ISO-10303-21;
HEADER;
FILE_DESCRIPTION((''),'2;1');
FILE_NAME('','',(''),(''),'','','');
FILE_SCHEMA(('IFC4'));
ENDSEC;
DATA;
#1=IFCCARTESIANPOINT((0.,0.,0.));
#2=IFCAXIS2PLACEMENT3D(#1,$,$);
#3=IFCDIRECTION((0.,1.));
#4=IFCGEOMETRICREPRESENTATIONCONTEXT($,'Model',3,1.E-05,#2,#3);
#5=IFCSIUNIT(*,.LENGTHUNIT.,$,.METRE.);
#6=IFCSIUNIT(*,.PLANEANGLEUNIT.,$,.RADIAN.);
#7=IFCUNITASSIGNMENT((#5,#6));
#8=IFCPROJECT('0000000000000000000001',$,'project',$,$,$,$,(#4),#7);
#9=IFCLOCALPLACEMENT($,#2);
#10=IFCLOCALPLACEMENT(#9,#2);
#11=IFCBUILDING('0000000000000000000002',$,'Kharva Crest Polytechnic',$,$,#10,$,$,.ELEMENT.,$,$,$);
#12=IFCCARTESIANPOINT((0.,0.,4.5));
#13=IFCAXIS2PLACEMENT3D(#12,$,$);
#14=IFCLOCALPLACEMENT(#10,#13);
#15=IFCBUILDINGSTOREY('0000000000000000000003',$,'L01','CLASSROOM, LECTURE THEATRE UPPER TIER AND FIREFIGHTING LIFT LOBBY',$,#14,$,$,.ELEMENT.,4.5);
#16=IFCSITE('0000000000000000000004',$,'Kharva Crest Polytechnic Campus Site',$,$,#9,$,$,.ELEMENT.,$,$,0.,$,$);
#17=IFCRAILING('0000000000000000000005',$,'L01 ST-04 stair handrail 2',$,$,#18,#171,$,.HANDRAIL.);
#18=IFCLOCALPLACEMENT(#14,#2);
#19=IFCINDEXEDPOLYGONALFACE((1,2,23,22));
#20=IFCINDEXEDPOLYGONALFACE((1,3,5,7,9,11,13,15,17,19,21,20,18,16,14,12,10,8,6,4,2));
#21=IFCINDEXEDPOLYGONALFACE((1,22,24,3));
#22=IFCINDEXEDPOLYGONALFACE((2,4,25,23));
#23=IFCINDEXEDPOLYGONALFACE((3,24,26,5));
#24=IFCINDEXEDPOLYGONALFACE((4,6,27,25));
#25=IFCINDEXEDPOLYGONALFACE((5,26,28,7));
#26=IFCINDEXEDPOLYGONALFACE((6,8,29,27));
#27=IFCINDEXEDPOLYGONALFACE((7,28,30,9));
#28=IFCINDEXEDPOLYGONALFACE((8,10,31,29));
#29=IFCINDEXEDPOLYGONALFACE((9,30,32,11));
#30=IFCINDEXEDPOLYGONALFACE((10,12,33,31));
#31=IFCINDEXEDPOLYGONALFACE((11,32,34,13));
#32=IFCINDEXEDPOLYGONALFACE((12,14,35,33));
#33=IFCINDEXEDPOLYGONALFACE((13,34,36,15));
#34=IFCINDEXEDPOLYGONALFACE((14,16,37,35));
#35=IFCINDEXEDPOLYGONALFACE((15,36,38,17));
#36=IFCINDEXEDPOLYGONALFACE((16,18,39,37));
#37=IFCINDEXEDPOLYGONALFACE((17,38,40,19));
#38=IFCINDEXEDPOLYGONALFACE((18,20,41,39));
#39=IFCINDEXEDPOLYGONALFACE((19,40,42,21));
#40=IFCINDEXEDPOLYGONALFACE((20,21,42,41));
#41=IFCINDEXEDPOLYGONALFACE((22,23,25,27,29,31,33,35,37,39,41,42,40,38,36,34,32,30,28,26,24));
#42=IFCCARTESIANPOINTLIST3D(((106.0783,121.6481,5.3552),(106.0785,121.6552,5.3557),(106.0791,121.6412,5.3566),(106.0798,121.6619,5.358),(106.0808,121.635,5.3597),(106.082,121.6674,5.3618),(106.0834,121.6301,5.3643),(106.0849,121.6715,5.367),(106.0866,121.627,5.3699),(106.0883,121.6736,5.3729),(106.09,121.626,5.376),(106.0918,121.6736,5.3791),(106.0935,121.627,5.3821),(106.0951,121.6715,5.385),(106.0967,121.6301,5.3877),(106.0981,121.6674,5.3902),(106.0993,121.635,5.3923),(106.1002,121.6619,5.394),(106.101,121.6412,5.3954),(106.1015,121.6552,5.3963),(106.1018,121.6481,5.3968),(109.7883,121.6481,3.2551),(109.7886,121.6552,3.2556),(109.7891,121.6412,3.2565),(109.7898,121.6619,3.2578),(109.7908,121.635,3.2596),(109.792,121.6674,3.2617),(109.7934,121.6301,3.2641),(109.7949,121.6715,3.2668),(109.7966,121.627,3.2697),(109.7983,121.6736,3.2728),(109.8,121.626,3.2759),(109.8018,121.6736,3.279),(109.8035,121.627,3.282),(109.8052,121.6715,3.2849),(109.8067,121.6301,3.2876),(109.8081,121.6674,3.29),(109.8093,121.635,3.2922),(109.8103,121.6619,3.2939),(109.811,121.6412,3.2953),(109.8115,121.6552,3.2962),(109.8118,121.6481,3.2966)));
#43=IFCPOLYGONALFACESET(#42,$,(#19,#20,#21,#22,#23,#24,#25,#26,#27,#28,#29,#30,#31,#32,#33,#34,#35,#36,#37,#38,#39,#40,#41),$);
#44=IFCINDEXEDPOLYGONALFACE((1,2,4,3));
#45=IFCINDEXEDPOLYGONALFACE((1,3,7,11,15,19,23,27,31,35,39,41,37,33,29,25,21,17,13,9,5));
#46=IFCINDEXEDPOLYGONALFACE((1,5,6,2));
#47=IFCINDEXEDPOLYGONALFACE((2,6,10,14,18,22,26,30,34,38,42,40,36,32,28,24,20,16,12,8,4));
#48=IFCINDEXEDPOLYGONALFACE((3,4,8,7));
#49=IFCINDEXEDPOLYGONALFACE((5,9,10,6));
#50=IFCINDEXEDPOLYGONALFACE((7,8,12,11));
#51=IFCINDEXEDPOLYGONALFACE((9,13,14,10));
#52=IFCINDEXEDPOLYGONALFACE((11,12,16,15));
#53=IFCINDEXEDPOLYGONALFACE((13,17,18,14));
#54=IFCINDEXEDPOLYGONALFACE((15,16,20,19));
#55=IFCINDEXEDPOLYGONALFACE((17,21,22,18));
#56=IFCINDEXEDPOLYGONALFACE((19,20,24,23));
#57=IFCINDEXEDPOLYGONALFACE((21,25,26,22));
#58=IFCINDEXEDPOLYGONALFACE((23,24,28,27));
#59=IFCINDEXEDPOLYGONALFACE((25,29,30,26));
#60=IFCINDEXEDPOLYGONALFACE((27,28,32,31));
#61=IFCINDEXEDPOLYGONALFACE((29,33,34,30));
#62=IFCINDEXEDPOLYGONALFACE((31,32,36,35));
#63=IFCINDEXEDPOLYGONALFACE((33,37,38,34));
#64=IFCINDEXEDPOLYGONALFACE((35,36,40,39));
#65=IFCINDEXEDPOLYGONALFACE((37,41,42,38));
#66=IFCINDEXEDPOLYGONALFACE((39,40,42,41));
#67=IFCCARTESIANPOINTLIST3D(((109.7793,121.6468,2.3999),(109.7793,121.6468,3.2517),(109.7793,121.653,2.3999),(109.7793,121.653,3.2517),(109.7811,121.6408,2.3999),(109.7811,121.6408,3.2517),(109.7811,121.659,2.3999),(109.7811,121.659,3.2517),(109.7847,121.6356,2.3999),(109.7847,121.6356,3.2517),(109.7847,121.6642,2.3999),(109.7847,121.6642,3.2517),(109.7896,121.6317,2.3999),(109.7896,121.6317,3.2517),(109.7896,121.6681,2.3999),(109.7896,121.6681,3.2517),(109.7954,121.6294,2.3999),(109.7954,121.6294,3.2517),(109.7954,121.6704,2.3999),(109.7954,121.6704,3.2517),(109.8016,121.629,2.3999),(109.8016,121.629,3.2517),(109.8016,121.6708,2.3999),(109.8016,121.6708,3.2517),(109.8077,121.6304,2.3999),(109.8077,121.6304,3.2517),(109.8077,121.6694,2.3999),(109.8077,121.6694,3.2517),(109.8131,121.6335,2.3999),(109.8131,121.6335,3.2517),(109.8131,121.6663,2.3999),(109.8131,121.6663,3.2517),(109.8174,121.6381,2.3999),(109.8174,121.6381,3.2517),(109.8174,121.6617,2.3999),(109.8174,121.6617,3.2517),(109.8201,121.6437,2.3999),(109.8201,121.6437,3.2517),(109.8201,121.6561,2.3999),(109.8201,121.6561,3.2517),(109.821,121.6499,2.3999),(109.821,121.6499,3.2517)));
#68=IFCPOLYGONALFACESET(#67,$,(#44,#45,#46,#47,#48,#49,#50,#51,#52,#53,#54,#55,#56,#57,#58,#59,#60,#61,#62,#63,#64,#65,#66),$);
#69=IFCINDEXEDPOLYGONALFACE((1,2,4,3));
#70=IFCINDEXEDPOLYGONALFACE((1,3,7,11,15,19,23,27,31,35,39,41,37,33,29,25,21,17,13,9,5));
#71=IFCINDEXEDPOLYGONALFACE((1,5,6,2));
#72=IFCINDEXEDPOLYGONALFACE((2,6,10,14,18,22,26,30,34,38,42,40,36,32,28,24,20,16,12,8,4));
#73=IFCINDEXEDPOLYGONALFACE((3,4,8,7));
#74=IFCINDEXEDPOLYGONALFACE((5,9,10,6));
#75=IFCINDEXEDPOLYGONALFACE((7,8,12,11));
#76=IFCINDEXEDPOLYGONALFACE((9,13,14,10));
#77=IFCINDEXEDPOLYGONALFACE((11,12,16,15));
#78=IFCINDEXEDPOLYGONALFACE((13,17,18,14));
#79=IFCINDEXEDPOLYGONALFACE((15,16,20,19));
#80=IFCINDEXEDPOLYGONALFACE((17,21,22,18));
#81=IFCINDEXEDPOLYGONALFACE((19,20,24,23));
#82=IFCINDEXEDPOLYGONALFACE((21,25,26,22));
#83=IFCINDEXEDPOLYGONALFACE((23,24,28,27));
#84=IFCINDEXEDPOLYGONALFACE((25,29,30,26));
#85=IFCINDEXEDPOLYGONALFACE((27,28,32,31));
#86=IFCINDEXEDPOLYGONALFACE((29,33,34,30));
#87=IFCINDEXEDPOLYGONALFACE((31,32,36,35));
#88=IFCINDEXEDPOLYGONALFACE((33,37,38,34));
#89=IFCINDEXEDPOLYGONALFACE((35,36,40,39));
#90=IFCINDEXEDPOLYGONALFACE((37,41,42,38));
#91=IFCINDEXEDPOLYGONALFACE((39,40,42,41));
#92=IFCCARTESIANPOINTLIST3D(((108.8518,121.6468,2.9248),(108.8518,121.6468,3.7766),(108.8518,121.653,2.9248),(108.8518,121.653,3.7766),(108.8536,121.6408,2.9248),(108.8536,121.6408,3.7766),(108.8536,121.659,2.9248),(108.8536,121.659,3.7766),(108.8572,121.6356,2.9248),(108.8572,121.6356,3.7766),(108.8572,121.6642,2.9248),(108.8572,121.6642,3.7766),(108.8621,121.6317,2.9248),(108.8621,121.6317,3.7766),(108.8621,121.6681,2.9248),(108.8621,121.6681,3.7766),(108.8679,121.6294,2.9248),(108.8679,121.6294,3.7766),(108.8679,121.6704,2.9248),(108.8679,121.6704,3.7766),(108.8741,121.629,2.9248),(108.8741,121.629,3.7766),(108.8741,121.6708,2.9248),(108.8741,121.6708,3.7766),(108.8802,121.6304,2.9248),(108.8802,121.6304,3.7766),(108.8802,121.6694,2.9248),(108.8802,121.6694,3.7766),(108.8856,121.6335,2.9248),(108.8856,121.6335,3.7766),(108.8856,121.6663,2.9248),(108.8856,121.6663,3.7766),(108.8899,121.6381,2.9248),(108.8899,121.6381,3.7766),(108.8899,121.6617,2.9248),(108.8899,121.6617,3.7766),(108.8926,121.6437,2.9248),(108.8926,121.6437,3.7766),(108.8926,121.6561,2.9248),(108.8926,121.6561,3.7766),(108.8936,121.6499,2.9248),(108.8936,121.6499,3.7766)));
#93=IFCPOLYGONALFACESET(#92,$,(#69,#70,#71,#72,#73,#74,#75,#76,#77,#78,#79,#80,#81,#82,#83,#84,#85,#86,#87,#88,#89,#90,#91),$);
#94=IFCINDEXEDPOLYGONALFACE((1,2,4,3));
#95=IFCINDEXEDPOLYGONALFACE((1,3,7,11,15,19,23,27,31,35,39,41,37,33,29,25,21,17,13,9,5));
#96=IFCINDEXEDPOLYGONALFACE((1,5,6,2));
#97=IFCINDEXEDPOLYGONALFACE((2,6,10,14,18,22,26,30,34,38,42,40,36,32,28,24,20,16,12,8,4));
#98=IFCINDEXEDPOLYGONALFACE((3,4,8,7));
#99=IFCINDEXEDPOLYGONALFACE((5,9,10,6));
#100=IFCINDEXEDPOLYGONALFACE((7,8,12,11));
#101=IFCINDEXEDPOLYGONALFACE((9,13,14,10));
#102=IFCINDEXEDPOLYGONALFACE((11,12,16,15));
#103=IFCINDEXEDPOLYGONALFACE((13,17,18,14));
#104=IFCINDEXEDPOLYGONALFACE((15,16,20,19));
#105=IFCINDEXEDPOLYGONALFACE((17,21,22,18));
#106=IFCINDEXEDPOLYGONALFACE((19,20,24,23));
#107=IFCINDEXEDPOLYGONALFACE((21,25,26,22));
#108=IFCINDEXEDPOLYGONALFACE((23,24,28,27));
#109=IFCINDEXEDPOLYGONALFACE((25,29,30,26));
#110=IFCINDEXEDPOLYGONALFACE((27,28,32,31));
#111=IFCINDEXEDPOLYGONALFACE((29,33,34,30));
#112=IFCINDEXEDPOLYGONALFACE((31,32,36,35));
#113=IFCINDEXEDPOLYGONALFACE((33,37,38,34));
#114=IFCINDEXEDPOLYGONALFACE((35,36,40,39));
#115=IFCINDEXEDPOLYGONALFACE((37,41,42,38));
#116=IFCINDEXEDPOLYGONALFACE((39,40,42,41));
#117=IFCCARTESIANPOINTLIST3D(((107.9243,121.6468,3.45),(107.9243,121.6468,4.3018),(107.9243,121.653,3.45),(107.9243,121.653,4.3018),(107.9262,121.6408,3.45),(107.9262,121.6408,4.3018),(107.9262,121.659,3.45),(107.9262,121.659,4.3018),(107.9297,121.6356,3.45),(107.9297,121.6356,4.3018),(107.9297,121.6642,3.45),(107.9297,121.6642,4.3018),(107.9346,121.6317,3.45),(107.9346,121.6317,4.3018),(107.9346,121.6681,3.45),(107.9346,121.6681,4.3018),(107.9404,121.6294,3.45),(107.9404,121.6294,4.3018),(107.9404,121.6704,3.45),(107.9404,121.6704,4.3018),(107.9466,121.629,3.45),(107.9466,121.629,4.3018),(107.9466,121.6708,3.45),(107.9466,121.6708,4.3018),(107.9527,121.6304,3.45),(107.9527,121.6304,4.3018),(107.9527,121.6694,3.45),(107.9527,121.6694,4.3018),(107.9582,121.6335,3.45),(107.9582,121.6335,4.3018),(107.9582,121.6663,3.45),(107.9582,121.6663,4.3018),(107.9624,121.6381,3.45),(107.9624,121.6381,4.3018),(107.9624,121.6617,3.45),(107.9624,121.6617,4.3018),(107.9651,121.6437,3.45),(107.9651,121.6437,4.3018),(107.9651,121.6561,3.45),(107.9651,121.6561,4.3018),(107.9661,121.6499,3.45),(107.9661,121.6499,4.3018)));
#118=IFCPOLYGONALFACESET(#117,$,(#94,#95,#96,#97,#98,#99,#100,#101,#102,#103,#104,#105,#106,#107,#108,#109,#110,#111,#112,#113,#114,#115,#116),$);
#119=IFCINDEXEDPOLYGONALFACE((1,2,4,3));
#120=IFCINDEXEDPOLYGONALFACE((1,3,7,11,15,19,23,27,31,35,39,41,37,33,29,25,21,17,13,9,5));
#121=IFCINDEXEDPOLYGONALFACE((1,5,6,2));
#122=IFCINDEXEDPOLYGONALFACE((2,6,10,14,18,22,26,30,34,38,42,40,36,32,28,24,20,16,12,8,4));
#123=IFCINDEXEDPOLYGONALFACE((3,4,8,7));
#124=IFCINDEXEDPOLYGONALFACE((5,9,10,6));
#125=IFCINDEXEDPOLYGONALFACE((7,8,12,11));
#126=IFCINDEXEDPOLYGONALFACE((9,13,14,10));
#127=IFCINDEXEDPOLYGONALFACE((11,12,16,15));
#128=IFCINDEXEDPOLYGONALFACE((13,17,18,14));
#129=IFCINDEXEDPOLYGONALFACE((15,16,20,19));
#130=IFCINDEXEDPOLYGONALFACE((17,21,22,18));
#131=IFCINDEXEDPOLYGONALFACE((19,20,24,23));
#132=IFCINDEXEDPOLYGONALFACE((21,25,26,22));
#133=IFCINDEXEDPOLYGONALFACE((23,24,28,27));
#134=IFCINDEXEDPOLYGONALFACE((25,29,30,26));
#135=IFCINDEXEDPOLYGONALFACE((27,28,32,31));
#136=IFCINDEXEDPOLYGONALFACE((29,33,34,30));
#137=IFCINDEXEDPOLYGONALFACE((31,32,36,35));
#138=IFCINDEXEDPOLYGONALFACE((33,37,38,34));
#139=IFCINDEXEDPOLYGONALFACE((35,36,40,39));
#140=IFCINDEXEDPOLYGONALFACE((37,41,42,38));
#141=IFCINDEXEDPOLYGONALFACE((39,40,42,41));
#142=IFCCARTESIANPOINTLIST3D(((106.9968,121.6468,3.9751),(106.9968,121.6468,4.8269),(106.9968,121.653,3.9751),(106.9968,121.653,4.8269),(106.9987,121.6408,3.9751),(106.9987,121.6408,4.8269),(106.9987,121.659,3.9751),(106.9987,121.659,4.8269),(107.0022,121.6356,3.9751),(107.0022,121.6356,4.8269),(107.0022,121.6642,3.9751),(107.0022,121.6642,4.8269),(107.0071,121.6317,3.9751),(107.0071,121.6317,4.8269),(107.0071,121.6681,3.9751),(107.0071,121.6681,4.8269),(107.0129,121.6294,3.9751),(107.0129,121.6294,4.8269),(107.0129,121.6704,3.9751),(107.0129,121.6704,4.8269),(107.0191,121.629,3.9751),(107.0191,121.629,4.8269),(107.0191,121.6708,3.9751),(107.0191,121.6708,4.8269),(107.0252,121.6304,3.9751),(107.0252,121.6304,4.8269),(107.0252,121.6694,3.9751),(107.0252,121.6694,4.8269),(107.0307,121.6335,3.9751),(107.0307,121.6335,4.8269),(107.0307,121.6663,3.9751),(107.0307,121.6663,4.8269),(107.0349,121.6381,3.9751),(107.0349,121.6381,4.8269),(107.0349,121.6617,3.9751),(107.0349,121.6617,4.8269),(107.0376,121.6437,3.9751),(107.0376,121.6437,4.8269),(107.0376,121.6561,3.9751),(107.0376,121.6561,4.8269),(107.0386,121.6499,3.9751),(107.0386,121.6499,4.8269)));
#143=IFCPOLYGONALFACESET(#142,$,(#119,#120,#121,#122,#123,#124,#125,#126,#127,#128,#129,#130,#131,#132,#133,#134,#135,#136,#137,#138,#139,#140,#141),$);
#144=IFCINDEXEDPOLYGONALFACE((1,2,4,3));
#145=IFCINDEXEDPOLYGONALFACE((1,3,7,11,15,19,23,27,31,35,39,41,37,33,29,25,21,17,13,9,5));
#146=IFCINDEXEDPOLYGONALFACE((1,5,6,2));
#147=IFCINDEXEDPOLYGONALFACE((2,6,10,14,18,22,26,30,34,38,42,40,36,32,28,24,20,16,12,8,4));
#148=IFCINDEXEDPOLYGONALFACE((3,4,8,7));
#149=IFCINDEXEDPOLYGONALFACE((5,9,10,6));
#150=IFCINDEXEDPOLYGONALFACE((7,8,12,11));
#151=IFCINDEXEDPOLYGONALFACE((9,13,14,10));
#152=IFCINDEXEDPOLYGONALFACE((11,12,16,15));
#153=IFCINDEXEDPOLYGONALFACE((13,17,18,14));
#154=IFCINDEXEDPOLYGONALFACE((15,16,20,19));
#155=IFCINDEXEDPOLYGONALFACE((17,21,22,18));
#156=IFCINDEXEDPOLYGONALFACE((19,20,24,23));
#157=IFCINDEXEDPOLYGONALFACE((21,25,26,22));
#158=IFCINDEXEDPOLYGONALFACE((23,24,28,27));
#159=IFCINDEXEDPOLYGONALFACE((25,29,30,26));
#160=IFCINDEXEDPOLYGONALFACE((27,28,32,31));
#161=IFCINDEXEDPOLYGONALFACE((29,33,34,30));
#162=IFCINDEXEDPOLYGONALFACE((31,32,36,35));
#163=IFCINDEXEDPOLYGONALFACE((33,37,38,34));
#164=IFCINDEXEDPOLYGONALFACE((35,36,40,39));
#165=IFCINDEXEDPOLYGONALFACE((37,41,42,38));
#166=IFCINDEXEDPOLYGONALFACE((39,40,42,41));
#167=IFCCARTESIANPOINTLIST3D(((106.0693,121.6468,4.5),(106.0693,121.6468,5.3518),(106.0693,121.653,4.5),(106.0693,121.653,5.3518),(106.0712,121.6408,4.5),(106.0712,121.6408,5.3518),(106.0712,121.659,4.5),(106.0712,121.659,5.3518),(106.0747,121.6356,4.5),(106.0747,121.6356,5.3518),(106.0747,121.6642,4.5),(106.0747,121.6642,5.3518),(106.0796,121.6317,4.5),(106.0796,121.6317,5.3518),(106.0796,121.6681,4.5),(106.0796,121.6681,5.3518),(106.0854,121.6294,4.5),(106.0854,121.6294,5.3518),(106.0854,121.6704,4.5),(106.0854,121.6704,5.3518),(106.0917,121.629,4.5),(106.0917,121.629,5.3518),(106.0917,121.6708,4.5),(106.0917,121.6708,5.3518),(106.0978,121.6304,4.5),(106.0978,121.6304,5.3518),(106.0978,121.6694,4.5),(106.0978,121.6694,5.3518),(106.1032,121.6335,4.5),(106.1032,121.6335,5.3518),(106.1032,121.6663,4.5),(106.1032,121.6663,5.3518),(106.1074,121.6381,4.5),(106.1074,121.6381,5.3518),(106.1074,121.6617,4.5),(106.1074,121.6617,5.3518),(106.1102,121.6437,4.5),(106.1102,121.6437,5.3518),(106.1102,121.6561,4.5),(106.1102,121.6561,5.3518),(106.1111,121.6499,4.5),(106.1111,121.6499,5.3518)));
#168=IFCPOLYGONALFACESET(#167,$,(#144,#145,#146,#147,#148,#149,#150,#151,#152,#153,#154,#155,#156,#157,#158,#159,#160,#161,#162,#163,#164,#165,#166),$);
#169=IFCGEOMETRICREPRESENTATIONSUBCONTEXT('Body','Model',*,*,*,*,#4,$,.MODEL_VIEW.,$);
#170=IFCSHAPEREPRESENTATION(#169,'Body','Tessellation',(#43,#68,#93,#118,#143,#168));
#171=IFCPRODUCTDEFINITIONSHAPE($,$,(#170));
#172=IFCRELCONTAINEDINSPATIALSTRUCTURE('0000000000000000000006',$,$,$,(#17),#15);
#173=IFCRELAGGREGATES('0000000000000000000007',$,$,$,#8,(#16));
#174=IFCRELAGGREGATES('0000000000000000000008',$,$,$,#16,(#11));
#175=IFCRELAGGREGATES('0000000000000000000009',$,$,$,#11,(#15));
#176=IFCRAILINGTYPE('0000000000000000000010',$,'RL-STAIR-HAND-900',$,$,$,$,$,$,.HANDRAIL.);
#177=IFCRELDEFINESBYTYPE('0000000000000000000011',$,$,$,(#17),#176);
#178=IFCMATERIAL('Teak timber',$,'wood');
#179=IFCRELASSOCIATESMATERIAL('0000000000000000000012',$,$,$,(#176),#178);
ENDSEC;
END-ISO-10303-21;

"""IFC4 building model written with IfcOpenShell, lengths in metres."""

from ifc_helpers import new_model, si_unit, direction, frame, origin, origin_2d, place, context, subcontext, project, spatial, circle, extrude, material, type_object, element, save


model = new_model("IFC4")

# Units and contexts
model_context = context("Model", 3, precision=1e-05, world=origin(), true_north=direction((0.0, 1.0)))
body_context = subcontext(model_context, "Body", "Model", "MODEL_VIEW")
ifc_project = project(units=[si_unit("LENGTHUNIT", "METRE"), si_unit("PLANEANGLEUNIT", "RADIAN")], contexts=[model_context])

# Site, building, storey
site_placement = place(None, origin())
site = spatial("IfcSite", under=ifc_project, at=site_placement, Name="Kharva Crest Polytechnic Campus Site", CompositionType="ELEMENT", RefElevation=0.0)
building_placement = place(site_placement, origin())
building = spatial("IfcBuilding", under=site, at=building_placement, Name="Kharva Crest Polytechnic", CompositionType="ELEMENT")
storey_placement = place(building_placement, frame((0.0, 0.0, 4.5)))
storey = spatial("IfcBuildingStorey", under=building, at=storey_placement, Name="L01", Description="CLASSROOM, LECTURE THEATRE UPPER TIER AND FIREFIGHTING LIFT LOBBY", CompositionType="ELEMENT", Elevation=4.5)

# Railing
ifc_material_1 = material(Name="Teak timber", Category="wood")
railing_type_1 = type_object("IfcRailingType", Name="RL-STAIR-HAND-900", PredefinedType="HANDRAIL", material=ifc_material_1)
railing_1_placement = place(storey_placement, frame((109.8, 121.6499, 2.3999)))
element("IfcRailing", 1, at=railing_1_placement, inside=storey, type_object=railing_type_1, Name="L01 ST-04 stair handrail 2", PredefinedType="HANDRAIL", context=body_context, shape_type="SweptSolid", body=[
    extrude(circle(Radius=0.0239, at=origin_2d()), frame((0.0, 0.0, 0.876), z_axis=(-0.870245, 0.0, 0.492619), x_axis=(0.0, -1.0, 0.0)), (0.0, 0.0, 1.0), 4.2632),
    extrude(circle(Radius=0.021, at=origin_2d()), origin(), (0.0, 0.0, 1.0), 0.8518),
    extrude(circle(Radius=0.021, at=origin_2d()), frame((-0.9275, 0.0, 0.5249)), (0.0, 0.0, 1.0), 0.8518),
    extrude(circle(Radius=0.021, at=origin_2d()), frame((-1.855, 0.0, 1.05)), (0.0, 0.0, 1.0), 0.8518),
    extrude(circle(Radius=0.021, at=origin_2d()), frame((-2.7825, 0.0, 1.5752)), (0.0, 0.0, 1.0), 0.8518),
    extrude(circle(Radius=0.021, at=origin_2d()), frame((-3.71, 0.0, 2.1001)), (0.0, 0.0, 1.0), 0.8518),
])

save(model, "model.ifc")
